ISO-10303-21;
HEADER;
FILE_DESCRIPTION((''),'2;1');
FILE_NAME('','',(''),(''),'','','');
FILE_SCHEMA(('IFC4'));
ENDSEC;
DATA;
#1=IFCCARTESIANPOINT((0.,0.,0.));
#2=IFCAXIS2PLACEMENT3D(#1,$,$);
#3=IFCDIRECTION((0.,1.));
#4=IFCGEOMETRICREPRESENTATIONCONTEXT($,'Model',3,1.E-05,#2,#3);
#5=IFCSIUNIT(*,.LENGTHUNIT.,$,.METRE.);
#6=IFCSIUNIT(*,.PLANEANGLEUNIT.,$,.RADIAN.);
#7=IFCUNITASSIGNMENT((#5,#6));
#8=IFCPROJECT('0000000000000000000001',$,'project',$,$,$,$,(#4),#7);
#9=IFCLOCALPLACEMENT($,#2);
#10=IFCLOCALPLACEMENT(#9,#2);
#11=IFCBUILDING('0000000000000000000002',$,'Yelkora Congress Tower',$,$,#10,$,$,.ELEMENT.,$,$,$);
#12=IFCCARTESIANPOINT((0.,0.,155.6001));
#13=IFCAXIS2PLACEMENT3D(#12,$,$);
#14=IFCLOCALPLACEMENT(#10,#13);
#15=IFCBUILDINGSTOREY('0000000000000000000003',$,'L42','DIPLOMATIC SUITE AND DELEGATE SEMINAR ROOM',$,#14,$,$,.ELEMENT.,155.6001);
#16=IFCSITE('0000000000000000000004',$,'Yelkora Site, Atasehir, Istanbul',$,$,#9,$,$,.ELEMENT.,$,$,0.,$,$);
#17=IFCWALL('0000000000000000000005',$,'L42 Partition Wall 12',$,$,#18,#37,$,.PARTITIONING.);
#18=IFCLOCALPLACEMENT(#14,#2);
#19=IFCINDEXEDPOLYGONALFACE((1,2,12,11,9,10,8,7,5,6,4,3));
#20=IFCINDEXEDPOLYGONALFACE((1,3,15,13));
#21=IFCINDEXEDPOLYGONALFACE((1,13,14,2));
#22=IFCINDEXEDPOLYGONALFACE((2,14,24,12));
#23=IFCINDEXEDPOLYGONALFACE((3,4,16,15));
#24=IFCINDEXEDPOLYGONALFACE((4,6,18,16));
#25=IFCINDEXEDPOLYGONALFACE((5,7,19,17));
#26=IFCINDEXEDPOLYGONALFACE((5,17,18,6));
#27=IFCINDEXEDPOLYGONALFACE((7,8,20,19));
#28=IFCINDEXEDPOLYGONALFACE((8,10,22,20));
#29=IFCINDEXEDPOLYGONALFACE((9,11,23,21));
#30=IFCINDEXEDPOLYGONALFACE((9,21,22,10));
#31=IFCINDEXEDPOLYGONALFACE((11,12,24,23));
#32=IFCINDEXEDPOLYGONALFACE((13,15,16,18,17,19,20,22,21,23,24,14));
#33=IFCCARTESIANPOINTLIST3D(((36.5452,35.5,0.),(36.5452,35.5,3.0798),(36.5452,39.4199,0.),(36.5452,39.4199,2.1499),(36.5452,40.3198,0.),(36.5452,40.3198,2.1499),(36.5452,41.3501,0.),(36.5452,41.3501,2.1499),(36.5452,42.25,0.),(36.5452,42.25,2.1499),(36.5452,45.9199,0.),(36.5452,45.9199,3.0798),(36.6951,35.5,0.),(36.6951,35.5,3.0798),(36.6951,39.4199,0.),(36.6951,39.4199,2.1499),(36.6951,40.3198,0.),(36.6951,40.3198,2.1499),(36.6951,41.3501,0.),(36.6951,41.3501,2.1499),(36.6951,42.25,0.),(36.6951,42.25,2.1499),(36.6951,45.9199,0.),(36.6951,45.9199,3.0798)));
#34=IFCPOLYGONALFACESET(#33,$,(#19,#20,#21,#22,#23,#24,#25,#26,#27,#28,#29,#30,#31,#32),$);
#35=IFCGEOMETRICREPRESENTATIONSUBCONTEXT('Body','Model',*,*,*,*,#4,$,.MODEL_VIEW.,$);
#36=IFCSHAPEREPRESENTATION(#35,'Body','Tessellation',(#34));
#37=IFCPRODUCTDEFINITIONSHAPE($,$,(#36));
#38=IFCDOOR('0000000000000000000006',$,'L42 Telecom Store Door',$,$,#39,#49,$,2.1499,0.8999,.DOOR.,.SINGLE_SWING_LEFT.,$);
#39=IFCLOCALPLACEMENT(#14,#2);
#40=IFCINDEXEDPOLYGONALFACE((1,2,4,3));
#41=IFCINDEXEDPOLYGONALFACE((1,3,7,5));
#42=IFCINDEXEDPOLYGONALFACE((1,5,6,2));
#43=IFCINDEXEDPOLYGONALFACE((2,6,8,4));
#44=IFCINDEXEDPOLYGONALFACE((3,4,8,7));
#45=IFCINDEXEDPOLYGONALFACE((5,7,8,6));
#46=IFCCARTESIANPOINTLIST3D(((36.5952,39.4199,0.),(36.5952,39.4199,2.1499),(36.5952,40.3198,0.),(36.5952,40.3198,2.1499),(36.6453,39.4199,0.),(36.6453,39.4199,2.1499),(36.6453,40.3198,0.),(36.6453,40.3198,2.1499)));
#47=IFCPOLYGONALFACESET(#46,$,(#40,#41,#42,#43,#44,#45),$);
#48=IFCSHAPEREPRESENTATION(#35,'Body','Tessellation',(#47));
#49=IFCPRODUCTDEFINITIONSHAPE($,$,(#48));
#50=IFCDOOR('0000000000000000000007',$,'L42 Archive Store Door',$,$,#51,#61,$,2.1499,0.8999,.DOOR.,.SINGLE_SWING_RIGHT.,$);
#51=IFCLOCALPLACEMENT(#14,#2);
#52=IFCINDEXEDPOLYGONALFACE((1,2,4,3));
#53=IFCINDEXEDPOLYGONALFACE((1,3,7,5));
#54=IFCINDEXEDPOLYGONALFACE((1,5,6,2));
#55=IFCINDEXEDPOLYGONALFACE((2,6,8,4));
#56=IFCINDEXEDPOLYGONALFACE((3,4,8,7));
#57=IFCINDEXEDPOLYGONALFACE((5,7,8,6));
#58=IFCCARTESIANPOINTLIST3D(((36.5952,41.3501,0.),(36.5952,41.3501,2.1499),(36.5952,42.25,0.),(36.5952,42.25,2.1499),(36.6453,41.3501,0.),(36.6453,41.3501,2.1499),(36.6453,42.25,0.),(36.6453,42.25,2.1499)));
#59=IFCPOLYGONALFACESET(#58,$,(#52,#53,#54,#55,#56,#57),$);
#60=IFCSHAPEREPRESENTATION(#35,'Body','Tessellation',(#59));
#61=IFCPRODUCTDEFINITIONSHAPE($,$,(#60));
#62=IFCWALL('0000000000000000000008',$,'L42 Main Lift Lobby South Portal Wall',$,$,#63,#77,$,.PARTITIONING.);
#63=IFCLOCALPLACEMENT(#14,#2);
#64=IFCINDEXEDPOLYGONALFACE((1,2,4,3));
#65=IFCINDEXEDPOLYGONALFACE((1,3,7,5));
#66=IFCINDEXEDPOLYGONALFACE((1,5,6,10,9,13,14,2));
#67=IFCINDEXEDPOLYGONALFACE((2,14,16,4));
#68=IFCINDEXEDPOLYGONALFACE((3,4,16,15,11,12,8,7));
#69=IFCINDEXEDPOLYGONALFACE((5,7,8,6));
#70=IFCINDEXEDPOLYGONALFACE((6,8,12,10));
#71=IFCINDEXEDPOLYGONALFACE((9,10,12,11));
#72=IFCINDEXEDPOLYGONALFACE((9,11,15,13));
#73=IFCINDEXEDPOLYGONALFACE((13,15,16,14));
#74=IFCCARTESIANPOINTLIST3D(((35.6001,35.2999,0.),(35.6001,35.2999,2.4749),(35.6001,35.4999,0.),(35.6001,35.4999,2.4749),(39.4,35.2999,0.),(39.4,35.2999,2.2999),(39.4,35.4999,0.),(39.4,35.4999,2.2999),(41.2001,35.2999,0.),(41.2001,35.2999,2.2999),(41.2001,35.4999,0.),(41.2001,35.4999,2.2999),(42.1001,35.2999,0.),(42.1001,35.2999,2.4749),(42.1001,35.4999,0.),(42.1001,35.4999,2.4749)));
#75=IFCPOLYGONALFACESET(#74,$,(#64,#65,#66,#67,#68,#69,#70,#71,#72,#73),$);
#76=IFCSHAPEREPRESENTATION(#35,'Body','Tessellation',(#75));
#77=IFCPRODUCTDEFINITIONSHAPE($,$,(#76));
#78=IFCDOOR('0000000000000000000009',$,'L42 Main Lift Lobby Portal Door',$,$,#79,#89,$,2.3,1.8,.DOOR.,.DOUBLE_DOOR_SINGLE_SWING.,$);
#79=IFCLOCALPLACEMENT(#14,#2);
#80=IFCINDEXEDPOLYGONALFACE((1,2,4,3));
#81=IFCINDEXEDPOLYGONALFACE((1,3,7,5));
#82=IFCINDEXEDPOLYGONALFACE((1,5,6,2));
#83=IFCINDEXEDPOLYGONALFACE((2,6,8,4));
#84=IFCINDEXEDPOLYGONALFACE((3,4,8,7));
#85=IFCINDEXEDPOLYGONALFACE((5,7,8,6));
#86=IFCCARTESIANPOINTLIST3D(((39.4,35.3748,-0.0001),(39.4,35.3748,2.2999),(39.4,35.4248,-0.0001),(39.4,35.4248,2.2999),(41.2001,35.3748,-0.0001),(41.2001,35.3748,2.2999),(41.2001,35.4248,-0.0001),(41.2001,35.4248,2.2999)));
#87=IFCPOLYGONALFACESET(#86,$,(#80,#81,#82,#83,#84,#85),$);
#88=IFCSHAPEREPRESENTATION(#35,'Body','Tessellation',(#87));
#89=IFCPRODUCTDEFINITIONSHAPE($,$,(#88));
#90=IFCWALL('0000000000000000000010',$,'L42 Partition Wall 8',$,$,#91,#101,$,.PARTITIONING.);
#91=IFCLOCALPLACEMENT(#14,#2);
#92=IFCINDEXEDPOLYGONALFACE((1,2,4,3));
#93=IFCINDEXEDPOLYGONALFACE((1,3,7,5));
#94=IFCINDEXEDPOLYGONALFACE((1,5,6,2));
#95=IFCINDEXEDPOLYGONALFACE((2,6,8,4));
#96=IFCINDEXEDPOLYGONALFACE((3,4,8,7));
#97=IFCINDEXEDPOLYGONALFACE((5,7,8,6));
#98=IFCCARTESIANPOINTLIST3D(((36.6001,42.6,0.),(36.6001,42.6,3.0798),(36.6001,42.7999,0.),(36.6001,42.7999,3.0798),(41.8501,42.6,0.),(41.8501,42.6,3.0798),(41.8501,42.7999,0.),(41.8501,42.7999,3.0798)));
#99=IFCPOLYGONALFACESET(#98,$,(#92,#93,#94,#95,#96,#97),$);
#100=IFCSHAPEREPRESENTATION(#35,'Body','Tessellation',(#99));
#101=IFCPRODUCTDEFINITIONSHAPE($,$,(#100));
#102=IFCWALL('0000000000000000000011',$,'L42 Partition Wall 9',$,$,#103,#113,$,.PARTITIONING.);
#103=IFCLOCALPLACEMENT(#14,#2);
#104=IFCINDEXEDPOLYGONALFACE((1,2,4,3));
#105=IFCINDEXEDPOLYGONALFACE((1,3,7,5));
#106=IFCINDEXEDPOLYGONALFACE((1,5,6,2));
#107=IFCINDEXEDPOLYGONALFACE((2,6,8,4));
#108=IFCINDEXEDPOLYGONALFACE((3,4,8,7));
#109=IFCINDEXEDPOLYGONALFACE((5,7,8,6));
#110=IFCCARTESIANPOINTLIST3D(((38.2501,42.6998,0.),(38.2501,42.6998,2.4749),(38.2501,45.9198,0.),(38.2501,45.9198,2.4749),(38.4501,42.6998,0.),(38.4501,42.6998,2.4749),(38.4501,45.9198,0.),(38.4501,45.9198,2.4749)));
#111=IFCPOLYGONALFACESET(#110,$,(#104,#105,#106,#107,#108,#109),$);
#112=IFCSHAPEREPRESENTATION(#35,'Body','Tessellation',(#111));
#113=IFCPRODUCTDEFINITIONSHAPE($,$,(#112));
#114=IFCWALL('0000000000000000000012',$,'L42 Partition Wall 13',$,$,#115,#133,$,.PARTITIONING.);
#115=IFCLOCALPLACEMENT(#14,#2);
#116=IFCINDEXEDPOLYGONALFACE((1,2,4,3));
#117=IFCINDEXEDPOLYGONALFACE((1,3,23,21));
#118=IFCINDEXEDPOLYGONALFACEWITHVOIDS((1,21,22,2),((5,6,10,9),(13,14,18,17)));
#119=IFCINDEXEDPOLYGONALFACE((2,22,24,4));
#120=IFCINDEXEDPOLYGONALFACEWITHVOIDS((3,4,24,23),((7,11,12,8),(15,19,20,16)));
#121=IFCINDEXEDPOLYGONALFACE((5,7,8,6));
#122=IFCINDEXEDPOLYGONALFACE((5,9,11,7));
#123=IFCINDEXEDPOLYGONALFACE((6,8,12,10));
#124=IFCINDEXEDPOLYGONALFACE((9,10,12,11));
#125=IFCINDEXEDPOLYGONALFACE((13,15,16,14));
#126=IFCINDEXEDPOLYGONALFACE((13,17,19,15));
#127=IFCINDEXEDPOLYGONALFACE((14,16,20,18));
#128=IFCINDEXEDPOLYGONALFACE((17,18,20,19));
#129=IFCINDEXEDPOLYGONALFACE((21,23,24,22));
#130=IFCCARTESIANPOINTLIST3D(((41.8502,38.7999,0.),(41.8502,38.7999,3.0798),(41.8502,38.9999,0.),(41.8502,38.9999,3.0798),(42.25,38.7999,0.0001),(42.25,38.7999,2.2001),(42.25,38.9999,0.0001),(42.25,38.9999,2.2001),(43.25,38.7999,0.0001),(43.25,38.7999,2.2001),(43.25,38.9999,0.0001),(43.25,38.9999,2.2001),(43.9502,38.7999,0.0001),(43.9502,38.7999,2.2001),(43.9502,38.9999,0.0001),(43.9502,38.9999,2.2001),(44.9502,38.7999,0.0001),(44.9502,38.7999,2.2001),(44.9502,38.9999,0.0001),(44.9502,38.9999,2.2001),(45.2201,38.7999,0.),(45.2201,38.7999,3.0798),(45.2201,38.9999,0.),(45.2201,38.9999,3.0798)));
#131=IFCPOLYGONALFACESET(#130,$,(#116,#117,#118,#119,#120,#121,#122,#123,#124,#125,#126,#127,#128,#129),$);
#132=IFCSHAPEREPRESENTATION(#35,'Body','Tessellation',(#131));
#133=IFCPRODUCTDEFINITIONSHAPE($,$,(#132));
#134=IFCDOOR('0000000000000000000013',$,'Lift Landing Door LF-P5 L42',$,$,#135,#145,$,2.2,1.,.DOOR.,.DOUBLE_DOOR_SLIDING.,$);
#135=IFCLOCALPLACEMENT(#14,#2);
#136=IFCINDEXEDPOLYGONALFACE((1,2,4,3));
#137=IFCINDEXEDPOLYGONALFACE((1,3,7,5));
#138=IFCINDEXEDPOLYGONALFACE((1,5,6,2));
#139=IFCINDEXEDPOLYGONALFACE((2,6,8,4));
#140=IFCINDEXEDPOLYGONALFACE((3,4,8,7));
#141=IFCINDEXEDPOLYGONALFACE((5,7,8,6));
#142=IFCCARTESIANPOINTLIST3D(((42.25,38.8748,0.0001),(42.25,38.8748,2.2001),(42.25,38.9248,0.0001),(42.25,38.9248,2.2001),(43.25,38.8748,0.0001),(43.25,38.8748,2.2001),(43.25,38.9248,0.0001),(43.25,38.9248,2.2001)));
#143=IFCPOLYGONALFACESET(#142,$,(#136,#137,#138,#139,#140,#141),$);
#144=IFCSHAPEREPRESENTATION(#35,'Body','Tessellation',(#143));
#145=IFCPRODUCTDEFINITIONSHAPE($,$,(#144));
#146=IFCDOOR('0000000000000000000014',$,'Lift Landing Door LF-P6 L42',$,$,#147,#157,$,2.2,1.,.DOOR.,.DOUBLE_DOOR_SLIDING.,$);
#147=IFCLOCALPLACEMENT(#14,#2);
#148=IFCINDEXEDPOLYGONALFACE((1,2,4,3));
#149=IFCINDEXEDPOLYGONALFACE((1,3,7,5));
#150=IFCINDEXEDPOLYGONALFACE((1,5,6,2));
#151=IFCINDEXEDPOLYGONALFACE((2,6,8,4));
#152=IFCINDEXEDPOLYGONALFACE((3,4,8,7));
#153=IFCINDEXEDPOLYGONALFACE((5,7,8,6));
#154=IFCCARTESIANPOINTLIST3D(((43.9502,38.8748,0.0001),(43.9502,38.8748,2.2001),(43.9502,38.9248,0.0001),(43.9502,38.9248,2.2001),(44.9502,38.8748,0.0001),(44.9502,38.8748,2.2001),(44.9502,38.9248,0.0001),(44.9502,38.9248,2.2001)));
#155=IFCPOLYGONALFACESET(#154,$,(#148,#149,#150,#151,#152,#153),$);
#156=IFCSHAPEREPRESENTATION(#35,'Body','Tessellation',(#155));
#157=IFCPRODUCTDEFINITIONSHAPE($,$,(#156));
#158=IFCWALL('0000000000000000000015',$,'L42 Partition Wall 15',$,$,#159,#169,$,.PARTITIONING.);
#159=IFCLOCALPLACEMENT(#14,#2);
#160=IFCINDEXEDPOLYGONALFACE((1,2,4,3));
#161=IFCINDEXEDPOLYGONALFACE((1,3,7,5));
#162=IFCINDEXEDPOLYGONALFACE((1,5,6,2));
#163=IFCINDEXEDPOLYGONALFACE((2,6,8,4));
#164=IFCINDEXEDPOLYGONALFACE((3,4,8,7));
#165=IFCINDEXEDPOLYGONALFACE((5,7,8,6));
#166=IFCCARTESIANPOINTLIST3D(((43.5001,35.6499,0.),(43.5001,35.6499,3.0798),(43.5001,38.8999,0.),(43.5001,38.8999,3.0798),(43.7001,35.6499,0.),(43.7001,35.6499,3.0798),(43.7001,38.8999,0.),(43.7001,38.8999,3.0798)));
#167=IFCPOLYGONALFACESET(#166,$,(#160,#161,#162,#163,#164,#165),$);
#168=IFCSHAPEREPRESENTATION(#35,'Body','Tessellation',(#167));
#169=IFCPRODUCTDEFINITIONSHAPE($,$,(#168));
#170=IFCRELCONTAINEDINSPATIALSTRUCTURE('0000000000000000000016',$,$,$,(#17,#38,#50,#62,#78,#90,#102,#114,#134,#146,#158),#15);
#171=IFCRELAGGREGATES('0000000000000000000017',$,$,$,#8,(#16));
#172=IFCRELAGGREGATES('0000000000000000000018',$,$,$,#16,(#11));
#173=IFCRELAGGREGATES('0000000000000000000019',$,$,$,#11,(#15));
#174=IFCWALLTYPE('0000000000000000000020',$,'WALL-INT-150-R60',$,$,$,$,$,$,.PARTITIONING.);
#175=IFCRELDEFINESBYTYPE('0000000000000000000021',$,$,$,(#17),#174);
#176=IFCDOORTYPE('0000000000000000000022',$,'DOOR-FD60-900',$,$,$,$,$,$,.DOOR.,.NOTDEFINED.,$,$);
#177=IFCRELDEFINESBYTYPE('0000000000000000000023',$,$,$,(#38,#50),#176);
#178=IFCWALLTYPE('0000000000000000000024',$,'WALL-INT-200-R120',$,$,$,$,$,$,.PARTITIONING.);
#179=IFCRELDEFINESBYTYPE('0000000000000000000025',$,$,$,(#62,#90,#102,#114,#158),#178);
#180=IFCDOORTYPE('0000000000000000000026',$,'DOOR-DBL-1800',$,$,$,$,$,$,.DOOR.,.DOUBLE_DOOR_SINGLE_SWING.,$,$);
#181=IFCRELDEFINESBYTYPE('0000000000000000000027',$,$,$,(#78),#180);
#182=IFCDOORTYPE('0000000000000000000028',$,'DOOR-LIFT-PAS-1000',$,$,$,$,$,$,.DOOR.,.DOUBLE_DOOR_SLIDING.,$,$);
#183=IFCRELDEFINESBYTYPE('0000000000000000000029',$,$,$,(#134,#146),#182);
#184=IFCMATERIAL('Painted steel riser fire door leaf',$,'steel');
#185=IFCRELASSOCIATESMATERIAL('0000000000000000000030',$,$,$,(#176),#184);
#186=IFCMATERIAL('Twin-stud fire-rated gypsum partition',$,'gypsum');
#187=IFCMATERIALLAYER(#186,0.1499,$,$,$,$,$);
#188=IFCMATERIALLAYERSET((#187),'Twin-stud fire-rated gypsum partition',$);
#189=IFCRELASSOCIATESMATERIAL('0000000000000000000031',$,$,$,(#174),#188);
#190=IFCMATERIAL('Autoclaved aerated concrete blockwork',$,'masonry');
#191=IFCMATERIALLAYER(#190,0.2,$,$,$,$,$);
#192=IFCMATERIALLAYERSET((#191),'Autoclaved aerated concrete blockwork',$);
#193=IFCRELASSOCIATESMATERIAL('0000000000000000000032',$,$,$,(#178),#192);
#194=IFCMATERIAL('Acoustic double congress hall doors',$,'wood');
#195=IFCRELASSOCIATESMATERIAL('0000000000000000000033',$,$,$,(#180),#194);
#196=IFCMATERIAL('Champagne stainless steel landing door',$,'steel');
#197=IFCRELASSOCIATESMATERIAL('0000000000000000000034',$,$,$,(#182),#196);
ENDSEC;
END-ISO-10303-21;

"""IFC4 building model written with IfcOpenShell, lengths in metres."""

from ifc_helpers import new_model, si_unit, direction, frame, frame_2d, origin, place, context, subcontext, project, spatial, rectangle, extrude, material, layer, layer_set, type_object, element, fill, save


model = new_model("IFC4")

# Units and contexts
model_context = context("Model", 3, precision=1e-05, world=origin(), true_north=direction((0.0, 1.0)))
body_context = subcontext(model_context, "Body", "Model", "MODEL_VIEW")
ifc_project = project(units=[si_unit("LENGTHUNIT", "METRE"), si_unit("PLANEANGLEUNIT", "RADIAN")], contexts=[model_context])

# Site, building, storey
site_placement = place(None, origin())
site = spatial("IfcSite", under=ifc_project, at=site_placement, Name="Yelkora Site, Atasehir, Istanbul", CompositionType="ELEMENT", RefElevation=0.0)
building_placement = place(site_placement, origin())
building = spatial("IfcBuilding", under=site, at=building_placement, Name="Yelkora Congress Tower", CompositionType="ELEMENT")
storey_placement = place(building_placement, frame((0.0, 0.0, 155.6001)))
storey = spatial("IfcBuildingStorey", under=building, at=storey_placement, Name="L42", Description="DIPLOMATIC SUITE AND DELEGATE SEMINAR ROOM", CompositionType="ELEMENT", Elevation=155.6001)

# Shared definitions
ifc_material_1 = material(Name="Painted steel riser fire door leaf", Category="steel")
door_type_1 = type_object("IfcDoorType", Name="DOOR-FD60-900", OperationType="NOTDEFINED", PredefinedType="DOOR", material=ifc_material_1)

# Shared definitions
ifc_material_2 = material(Name="Twin-stud fire-rated gypsum partition", Category="gypsum")
ifc_layer_1 = layer(ifc_material_2, 0.1499)
ifc_layer_set_1 = layer_set([ifc_layer_1], Name="Twin-stud fire-rated gypsum partition")
wall_type_1 = type_object("IfcWallType", Name="WALL-INT-150-R60", PredefinedType="PARTITIONING", material=ifc_layer_set_1)

# Wall, openings, doors
wall_1_placement = place(storey_placement, frame((36.6201, 35.5, 0.0), z_axis=(0.0, 0.0, 1.0), x_axis=(0.0, 1.0, 0.0)))
wall_1 = element("IfcWall", 1, at=wall_1_placement, inside=storey, type_object=wall_type_1, Name="L42 Partition Wall 12", PredefinedType="PARTITIONING", context=body_context, shape_type="SweptSolid", body=[
    extrude(rectangle(XDim=10.4199, YDim=0.1499, at=frame_2d((5.21, 0.0))), origin(), (0.0, 0.0, 1.0), 3.0798),
])
opening_1_placement = place(wall_1_placement, frame((3.9199, 0.0, 0.0)))
opening_1 = element("IfcOpeningElement", 2, at=opening_1_placement, cuts=wall_1, PredefinedType="OPENING", context=body_context, shape_type="SweptSolid", body=[
    extrude(rectangle(XDim=0.8999, YDim=2.1499, at=frame_2d((0.45, 1.075))), frame((0.0, 0.085, 0.0), z_axis=(0.0, -1.0, 0.0), x_axis=(1.0, 0.0, 0.0)), (0.0, 0.0, 1.0), 0.1699),
])
opening_2_placement = place(wall_1_placement, frame((5.8501, 0.0, 0.0)))
opening_2 = element("IfcOpeningElement", 3, at=opening_2_placement, cuts=wall_1, PredefinedType="OPENING", context=body_context, shape_type="SweptSolid", body=[
    extrude(rectangle(XDim=0.8999, YDim=2.1499, at=frame_2d((0.45, 1.075))), frame((0.0, 0.085, 0.0), z_axis=(0.0, -1.0, 0.0), x_axis=(1.0, 0.0, 0.0)), (0.0, 0.0, 1.0), 0.1699),
])
door_1_placement = place(opening_1_placement, origin())
door_1 = element("IfcDoor", 4, at=door_1_placement, inside=storey, type_object=door_type_1, Name="L42 Telecom Store Door", OperationType="SINGLE_SWING_LEFT", OverallHeight=2.1499, OverallWidth=0.8999, PredefinedType="DOOR", context=body_context, shape_type="SweptSolid", body=[
    extrude(rectangle(XDim=0.8999, YDim=2.1499, at=frame_2d((0.45, 1.075))), frame((0.0, 0.0249, 0.0), z_axis=(0.0, -1.0, 0.0), x_axis=(1.0, 0.0, 0.0)), (0.0, 0.0, 1.0), 0.05),
])
fill(opening_1, door_1)
door_2_placement = place(opening_2_placement, origin())
door_2 = element("IfcDoor", 5, at=door_2_placement, inside=storey, type_object=door_type_1, Name="L42 Archive Store Door", OperationType="SINGLE_SWING_RIGHT", OverallHeight=2.1499, OverallWidth=0.8999, PredefinedType="DOOR", context=body_context, shape_type="SweptSolid", body=[
    extrude(rectangle(XDim=0.8999, YDim=2.1499, at=frame_2d((0.45, 1.075))), frame((0.0, 0.0249, 0.0), z_axis=(0.0, -1.0, 0.0), x_axis=(1.0, 0.0, 0.0)), (0.0, 0.0, 1.0), 0.05),
])
fill(opening_2, door_2)

# Wall, opening, door
ifc_material_3 = material(Name="Autoclaved aerated concrete blockwork", Category="masonry")
ifc_layer_2 = layer(ifc_material_3, 0.2)
ifc_layer_set_2 = layer_set([ifc_layer_2], Name="Autoclaved aerated concrete blockwork")
wall_type_2 = type_object("IfcWallType", Name="WALL-INT-200-R120", PredefinedType="PARTITIONING", material=ifc_layer_set_2)
wall_2_placement = place(storey_placement, frame((35.6001, 35.3999, 0.0), z_axis=(0.0, 0.0, 1.0), x_axis=(1.0, 0.0, 0.0)))
wall_2 = element("IfcWall", 6, at=wall_2_placement, inside=storey, type_object=wall_type_2, Name="L42 Main Lift Lobby South Portal Wall", PredefinedType="PARTITIONING", context=body_context, shape_type="SweptSolid", body=[
    extrude(rectangle(XDim=6.5, YDim=0.2, at=frame_2d((3.25, 0.0))), origin(), (0.0, 0.0, 1.0), 2.4749),
])
opening_3_placement = place(wall_2_placement, frame((3.8, 0.0, 0.0)))
opening_3 = element("IfcOpeningElement", 7, at=opening_3_placement, cuts=wall_2, PredefinedType="OPENING", context=body_context, shape_type="SweptSolid", body=[
    extrude(rectangle(XDim=1.8, YDim=2.3, at=frame_2d((0.8999, 1.1499))), frame((0.0, 0.1099, 0.0), z_axis=(0.0, -1.0, 0.0), x_axis=(1.0, 0.0, 0.0)), (0.0, 0.0, 1.0), 0.22),
])
ifc_material_4 = material(Name="Acoustic double congress hall doors", Category="wood")
door_type_2 = type_object("IfcDoorType", Name="DOOR-DBL-1800", OperationType="DOUBLE_DOOR_SINGLE_SWING", PredefinedType="DOOR", material=ifc_material_4)
door_3_placement = place(opening_3_placement, origin())
door_3 = element("IfcDoor", 8, at=door_3_placement, inside=storey, type_object=door_type_2, Name="L42 Main Lift Lobby Portal Door", OperationType="DOUBLE_DOOR_SINGLE_SWING", OverallHeight=2.3, OverallWidth=1.8, PredefinedType="DOOR", context=body_context, shape_type="SweptSolid", body=[
    extrude(rectangle(XDim=1.8, YDim=2.3, at=frame_2d((0.8999, 1.1499))), frame((0.0, 0.0249, 0.0), z_axis=(0.0, -1.0, 0.0), x_axis=(1.0, 0.0, 0.0)), (0.0, 0.0, 1.0), 0.05),
])
fill(opening_3, door_3)

# Walls
wall_3_placement = place(storey_placement, frame((36.6001, 42.7, 0.0), z_axis=(0.0, 0.0, 1.0), x_axis=(1.0, 0.0, 0.0)))
element("IfcWall", 9, at=wall_3_placement, inside=storey, type_object=wall_type_2, Name="L42 Partition Wall 8", PredefinedType="PARTITIONING", context=body_context, shape_type="SweptSolid", body=[
    extrude(rectangle(XDim=5.25, YDim=0.2, at=frame_2d((2.625, 0.0))), origin(), (0.0, 0.0, 1.0), 3.0798),
])
wall_4_placement = place(storey_placement, frame((38.3501, 42.7, 0.0), z_axis=(0.0, 0.0, 1.0), x_axis=(0.0, 1.0, 0.0)))
element("IfcWall", 10, at=wall_4_placement, inside=storey, type_object=wall_type_2, Name="L42 Partition Wall 9", PredefinedType="PARTITIONING", context=body_context, shape_type="SweptSolid", body=[
    extrude(rectangle(XDim=3.22, YDim=0.2, at=frame_2d((1.6099, 0.0))), origin(), (0.0, 0.0, 1.0), 2.4749),
])

# Wall, openings, doors
wall_5_placement = place(storey_placement, frame((41.8501, 38.8999, 0.0), z_axis=(0.0, 0.0, 1.0), x_axis=(1.0, 0.0, 0.0)))
wall_5 = element("IfcWall", 11, at=wall_5_placement, inside=storey, type_object=wall_type_2, Name="L42 Partition Wall 13", PredefinedType="PARTITIONING", context=body_context, shape_type="SweptSolid", body=[
    extrude(rectangle(XDim=3.3699, YDim=0.2, at=frame_2d((1.6851, 0.0))), origin(), (0.0, 0.0, 1.0), 3.0798),
])
opening_4_placement = place(wall_5_placement, frame((0.3999, 0.0, 0.0)))
opening_4 = element("IfcOpeningElement", 12, at=opening_4_placement, cuts=wall_5, PredefinedType="OPENING", context=body_context, shape_type="SweptSolid", body=[
    extrude(rectangle(XDim=1.0, YDim=2.2, at=frame_2d((0.5, 1.1001))), frame((0.0, 0.1099, 0.0), z_axis=(0.0, -1.0, 0.0), x_axis=(1.0, 0.0, 0.0)), (0.0, 0.0, 1.0), 0.22),
])
opening_5_placement = place(wall_5_placement, frame((2.1001, 0.0, 0.0)))
opening_5 = element("IfcOpeningElement", 13, at=opening_5_placement, cuts=wall_5, PredefinedType="OPENING", context=body_context, shape_type="SweptSolid", body=[
    extrude(rectangle(XDim=1.0, YDim=2.2, at=frame_2d((0.5, 1.1001))), frame((0.0, 0.1099, 0.0), z_axis=(0.0, -1.0, 0.0), x_axis=(1.0, 0.0, 0.0)), (0.0, 0.0, 1.0), 0.22),
])
ifc_material_5 = material(Name="Champagne stainless steel landing door", Category="steel")
door_type_3 = type_object("IfcDoorType", Name="DOOR-LIFT-PAS-1000", OperationType="DOUBLE_DOOR_SLIDING", PredefinedType="DOOR", material=ifc_material_5)
door_4_placement = place(opening_4_placement, origin())
door_4 = element("IfcDoor", 14, at=door_4_placement, inside=storey, type_object=door_type_3, Name="Lift Landing Door LF-P5 L42", OperationType="DOUBLE_DOOR_SLIDING", OverallHeight=2.2, OverallWidth=1.0, PredefinedType="DOOR", context=body_context, shape_type="SweptSolid", body=[
    extrude(rectangle(XDim=1.0, YDim=2.2, at=frame_2d((0.5, 1.1001))), frame((0.0, 0.0249, 0.0), z_axis=(0.0, -1.0, 0.0), x_axis=(1.0, 0.0, 0.0)), (0.0, 0.0, 1.0), 0.05),
])
fill(opening_4, door_4)
door_5_placement = place(opening_5_placement, origin())
door_5 = element("IfcDoor", 15, at=door_5_placement, inside=storey, type_object=door_type_3, Name="Lift Landing Door LF-P6 L42", OperationType="DOUBLE_DOOR_SLIDING", OverallHeight=2.2, OverallWidth=1.0, PredefinedType="DOOR", context=body_context, shape_type="SweptSolid", body=[
    extrude(rectangle(XDim=1.0, YDim=2.2, at=frame_2d((0.5, 1.1001))), frame((0.0, 0.0249, 0.0), z_axis=(0.0, -1.0, 0.0), x_axis=(1.0, 0.0, 0.0)), (0.0, 0.0, 1.0), 0.05),
])
fill(opening_5, door_5)

# Wall
wall_6_placement = place(storey_placement, frame((43.6001, 35.6499, 0.0), z_axis=(0.0, 0.0, 1.0), x_axis=(0.0, 1.0, 0.0)))
element("IfcWall", 16, at=wall_6_placement, inside=storey, type_object=wall_type_2, Name="L42 Partition Wall 15", PredefinedType="PARTITIONING", context=body_context, shape_type="SweptSolid", body=[
    extrude(rectangle(XDim=3.25, YDim=0.2, at=frame_2d((1.625, 0.0))), origin(), (0.0, 0.0, 1.0), 3.0798),
])

save(model, "model.ifc")
